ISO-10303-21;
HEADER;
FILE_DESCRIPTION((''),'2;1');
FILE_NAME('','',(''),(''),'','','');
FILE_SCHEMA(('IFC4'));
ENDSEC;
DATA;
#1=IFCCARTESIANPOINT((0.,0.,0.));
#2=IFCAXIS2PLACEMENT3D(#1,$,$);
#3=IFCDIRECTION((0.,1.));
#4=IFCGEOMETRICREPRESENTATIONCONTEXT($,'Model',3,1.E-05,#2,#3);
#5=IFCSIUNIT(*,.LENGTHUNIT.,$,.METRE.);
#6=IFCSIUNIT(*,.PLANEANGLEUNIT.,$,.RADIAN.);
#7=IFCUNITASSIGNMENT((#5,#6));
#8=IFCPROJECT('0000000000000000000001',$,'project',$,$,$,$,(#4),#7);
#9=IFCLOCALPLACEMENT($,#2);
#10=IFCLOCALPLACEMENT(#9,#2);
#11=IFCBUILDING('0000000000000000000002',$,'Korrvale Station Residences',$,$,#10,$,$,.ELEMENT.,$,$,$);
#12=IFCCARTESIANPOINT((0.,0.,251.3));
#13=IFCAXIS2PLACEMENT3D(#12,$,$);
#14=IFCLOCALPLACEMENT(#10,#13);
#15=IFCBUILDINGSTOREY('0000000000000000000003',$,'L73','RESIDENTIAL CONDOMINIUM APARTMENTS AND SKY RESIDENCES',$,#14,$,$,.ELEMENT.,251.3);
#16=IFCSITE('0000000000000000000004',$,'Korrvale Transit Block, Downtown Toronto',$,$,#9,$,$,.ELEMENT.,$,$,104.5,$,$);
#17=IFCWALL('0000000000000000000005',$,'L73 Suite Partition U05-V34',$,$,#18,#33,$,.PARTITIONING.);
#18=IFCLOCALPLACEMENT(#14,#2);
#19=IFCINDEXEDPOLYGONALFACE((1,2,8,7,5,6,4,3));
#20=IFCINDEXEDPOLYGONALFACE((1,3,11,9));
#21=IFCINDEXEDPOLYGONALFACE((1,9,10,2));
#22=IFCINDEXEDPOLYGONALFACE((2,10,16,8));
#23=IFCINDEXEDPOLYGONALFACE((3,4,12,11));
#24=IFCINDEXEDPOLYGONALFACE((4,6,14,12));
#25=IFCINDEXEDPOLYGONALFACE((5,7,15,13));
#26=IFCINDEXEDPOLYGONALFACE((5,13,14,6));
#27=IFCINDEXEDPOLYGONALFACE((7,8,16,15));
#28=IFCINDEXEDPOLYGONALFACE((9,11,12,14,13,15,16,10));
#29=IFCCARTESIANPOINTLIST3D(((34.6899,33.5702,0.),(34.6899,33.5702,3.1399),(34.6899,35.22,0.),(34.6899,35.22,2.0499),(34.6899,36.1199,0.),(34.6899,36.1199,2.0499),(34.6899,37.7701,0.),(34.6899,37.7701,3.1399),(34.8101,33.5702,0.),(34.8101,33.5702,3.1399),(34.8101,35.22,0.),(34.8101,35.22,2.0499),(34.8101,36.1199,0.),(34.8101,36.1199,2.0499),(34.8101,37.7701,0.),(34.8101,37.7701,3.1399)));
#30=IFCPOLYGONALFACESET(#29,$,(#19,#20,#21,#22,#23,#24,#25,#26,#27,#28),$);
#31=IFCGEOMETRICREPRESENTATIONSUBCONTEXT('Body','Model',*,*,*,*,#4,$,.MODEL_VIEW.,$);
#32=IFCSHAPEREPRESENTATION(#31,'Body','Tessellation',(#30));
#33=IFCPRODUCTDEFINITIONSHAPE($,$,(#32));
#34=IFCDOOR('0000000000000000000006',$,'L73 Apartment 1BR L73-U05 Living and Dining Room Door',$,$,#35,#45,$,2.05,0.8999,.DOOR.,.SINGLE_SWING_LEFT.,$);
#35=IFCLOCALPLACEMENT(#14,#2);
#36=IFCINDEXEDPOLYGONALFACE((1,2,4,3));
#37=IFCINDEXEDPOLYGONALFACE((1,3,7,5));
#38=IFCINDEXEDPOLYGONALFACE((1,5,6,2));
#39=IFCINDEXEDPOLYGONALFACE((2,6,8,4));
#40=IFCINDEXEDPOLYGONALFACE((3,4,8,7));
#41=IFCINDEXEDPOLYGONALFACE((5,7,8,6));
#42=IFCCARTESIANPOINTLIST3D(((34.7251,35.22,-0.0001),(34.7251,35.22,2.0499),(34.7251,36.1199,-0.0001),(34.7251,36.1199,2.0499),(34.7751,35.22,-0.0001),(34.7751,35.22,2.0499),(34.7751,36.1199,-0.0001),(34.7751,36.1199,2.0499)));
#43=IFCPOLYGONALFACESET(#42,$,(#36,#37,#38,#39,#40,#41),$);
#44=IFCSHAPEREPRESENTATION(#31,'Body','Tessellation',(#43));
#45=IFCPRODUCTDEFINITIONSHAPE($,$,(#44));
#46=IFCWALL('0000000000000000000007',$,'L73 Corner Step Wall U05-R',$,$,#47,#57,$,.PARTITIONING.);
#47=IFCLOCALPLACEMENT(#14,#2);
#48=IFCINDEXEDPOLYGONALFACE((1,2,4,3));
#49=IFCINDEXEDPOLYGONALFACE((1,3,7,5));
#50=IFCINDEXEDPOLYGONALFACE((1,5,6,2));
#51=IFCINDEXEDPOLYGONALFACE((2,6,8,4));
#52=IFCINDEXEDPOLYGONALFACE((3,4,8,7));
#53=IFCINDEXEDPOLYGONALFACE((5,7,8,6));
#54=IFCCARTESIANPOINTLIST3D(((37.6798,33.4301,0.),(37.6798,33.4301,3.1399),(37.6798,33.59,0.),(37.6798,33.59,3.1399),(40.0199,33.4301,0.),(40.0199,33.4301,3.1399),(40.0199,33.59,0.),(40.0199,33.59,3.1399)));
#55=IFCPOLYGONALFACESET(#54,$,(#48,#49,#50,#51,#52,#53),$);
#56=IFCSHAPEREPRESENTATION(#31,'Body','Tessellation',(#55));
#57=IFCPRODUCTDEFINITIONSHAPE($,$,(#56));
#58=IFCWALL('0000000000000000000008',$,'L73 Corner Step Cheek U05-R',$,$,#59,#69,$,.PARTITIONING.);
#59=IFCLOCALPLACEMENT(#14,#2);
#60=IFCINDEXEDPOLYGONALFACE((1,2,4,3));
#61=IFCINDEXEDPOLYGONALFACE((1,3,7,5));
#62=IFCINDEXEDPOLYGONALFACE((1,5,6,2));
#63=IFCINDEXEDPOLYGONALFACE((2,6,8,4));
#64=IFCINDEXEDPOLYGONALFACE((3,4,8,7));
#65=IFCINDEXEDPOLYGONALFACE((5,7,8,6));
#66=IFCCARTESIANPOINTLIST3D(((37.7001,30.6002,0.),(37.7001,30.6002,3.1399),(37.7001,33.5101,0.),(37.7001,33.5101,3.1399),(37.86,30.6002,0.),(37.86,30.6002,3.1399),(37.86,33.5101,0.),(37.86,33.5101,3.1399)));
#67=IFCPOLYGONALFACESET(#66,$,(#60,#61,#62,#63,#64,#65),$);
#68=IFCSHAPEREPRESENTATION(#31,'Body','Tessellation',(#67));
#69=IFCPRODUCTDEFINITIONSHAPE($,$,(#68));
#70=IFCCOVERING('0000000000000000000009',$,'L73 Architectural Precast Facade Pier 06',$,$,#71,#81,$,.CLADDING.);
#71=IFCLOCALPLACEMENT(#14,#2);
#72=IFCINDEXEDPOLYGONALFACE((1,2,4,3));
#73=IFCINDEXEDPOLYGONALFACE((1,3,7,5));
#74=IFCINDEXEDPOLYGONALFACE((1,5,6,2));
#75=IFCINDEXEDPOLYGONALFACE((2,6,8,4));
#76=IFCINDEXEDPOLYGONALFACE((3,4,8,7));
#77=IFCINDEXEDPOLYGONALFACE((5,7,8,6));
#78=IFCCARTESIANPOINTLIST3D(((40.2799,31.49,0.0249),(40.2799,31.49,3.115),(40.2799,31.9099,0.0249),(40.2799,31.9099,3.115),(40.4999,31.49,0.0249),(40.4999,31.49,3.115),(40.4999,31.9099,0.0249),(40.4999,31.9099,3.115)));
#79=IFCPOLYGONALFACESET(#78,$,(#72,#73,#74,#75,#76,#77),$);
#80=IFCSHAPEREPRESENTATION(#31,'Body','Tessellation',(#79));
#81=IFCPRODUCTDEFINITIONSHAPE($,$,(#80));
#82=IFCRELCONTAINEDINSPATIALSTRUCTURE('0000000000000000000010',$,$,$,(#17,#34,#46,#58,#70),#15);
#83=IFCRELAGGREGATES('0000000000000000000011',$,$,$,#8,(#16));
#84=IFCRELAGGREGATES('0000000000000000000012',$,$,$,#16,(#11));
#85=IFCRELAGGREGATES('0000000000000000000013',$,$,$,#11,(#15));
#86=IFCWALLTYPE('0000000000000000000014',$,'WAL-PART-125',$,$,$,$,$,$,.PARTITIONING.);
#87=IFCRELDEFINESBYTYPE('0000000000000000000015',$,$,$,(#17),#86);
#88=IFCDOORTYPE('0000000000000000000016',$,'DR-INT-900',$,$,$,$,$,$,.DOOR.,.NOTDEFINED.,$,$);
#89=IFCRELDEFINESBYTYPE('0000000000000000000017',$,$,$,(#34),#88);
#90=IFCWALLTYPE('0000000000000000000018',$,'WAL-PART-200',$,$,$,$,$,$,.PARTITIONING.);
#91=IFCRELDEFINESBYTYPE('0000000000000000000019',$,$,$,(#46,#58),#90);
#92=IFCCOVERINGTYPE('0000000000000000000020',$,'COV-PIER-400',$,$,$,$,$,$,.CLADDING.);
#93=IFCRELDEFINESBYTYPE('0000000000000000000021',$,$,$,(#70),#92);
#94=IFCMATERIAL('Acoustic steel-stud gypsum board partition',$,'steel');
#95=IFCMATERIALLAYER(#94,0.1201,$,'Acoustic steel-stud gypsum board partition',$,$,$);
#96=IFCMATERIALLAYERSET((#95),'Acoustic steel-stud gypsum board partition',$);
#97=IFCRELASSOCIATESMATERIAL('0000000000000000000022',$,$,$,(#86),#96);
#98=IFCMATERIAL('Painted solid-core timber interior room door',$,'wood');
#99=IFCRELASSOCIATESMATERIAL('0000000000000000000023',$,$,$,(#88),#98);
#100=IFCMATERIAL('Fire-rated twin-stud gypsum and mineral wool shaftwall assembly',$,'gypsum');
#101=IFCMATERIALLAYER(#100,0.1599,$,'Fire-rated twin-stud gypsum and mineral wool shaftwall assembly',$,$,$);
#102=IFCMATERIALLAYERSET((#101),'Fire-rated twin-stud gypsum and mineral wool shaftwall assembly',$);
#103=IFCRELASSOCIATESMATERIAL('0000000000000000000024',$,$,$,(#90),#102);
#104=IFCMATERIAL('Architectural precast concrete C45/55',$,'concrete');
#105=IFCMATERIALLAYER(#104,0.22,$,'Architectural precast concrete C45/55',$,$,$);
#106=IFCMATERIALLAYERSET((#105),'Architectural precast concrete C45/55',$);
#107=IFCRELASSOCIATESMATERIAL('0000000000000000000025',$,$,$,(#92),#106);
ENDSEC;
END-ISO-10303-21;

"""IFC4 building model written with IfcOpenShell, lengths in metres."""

from ifc_helpers import new_model, si_unit, direction, frame, frame_2d, origin, origin_2d, place, context, subcontext, project, spatial, rectangle, extrude, material, layer, layer_set, type_object, element, fill, save


model = new_model("IFC4")

# Units and contexts
model_context = context("Model", 3, precision=1e-05, world=origin(), true_north=direction((0.0, 1.0)))
body_context = subcontext(model_context, "Body", "Model", "MODEL_VIEW")
ifc_project = project(units=[si_unit("LENGTHUNIT", "METRE"), si_unit("PLANEANGLEUNIT", "RADIAN")], contexts=[model_context])

# Site, building, storey
site_placement = place(None, origin())
site = spatial("IfcSite", under=ifc_project, at=site_placement, Name="Korrvale Transit Block, Downtown Toronto", CompositionType="ELEMENT", RefElevation=104.5)
building_placement = place(site_placement, origin())
building = spatial("IfcBuilding", under=site, at=building_placement, Name="Korrvale Station Residences", CompositionType="ELEMENT")
storey_placement = place(building_placement, frame((0.0, 0.0, 251.3)))
storey = spatial("IfcBuildingStorey", under=building, at=storey_placement, Name="L73", Description="RESIDENTIAL CONDOMINIUM APARTMENTS AND SKY RESIDENCES", CompositionType="ELEMENT", Elevation=251.3)

# Wall, opening, door
ifc_material_1 = material(Name="Acoustic steel-stud gypsum board partition", Category="steel")
ifc_layer_1 = layer(ifc_material_1, 0.1201, Name="Acoustic steel-stud gypsum board partition")
ifc_layer_set_1 = layer_set([ifc_layer_1], Name="Acoustic steel-stud gypsum board partition")
wall_type_1 = type_object("IfcWallType", Name="WAL-PART-125", PredefinedType="PARTITIONING", material=ifc_layer_set_1)
ifc_material_2 = material(Name="Painted solid-core timber interior room door", Category="wood")
door_type = type_object("IfcDoorType", Name="DR-INT-900", OperationType="NOTDEFINED", PredefinedType="DOOR", material=ifc_material_2)
wall_1_placement = place(storey_placement, frame((34.75, 33.5701, 0.0), z_axis=(0.0, 0.0, 1.0), x_axis=(0.0, 1.0, 0.0)))
wall_1 = element("IfcWall", 1, at=wall_1_placement, inside=storey, type_object=wall_type_1, Name="L73 Suite Partition U05-V34", PredefinedType="PARTITIONING", context=body_context, shape_type="SweptSolid", body=[
    extrude(rectangle(XDim=4.2, YDim=0.1201, at=frame_2d((2.1001, 0.0))), origin(), (0.0, 0.0, 1.0), 3.1399),
])
opening_1_placement = place(wall_1_placement, frame((1.6499, 0.0, 0.0)))
opening_1 = element("IfcOpeningElement", 2, at=opening_1_placement, cuts=wall_1, PredefinedType="OPENING", context=body_context, shape_type="SweptSolid", body=[
    extrude(rectangle(XDim=0.8999, YDim=2.05, at=frame_2d((0.45, 1.0249))), frame((0.0, 0.0701, 0.0), z_axis=(0.0, -1.0, 0.0), x_axis=(1.0, 0.0, 0.0)), (0.0, 0.0, 1.0), 0.1401),
])
door_1_placement = place(opening_1_placement, origin())
door_1 = element("IfcDoor", 3, at=door_1_placement, inside=storey, type_object=door_type, Name="L73 Apartment 1BR L73-U05 Living and Dining Room Door", OperationType="SINGLE_SWING_LEFT", OverallHeight=2.05, OverallWidth=0.8999, PredefinedType="DOOR", context=body_context, shape_type="SweptSolid", body=[
    extrude(rectangle(XDim=0.8999, YDim=2.05, at=frame_2d((0.45, 1.0249))), frame((0.0, 0.0249, 0.0), z_axis=(0.0, -1.0, 0.0), x_axis=(1.0, 0.0, 0.0)), (0.0, 0.0, 1.0), 0.05),
])
fill(opening_1, door_1)

# Walls
ifc_material_3 = material(Name="Fire-rated twin-stud gypsum and mineral wool shaftwall assembly", Category="gypsum")
ifc_layer_2 = layer(ifc_material_3, 0.1599, Name="Fire-rated twin-stud gypsum and mineral wool shaftwall assembly")
ifc_layer_set_2 = layer_set([ifc_layer_2], Name="Fire-rated twin-stud gypsum and mineral wool shaftwall assembly")
wall_type_2 = type_object("IfcWallType", Name="WAL-PART-200", PredefinedType="PARTITIONING", material=ifc_layer_set_2)
wall_2_placement = place(storey_placement, frame((37.6799, 33.51, 0.0), z_axis=(0.0, 0.0, 1.0), x_axis=(1.0, 0.0, 0.0)))
element("IfcWall", 4, at=wall_2_placement, inside=storey, type_object=wall_type_2, Name="L73 Corner Step Wall U05-R", PredefinedType="PARTITIONING", context=body_context, shape_type="SweptSolid", body=[
    extrude(rectangle(XDim=2.3401, YDim=0.1599, at=frame_2d((1.1699, 0.0))), origin(), (0.0, 0.0, 1.0), 3.1399),
])
wall_3_placement = place(storey_placement, frame((37.78, 30.6001, 0.0), z_axis=(0.0, 0.0, 1.0), x_axis=(0.0, 1.0, 0.0)))
element("IfcWall", 5, at=wall_3_placement, inside=storey, type_object=wall_type_2, Name="L73 Corner Step Cheek U05-R", PredefinedType="PARTITIONING", context=body_context, shape_type="SweptSolid", body=[
    extrude(rectangle(XDim=2.9099, YDim=0.1599, at=frame_2d((1.4551, 0.0))), origin(), (0.0, 0.0, 1.0), 3.1399),
])

# Covering
ifc_material_4 = material(Name="Architectural precast concrete C45/55", Category="concrete")
ifc_layer_3 = layer(ifc_material_4, 0.22, Name="Architectural precast concrete C45/55")
ifc_layer_set_3 = layer_set([ifc_layer_3], Name="Architectural precast concrete C45/55")
covering_type = type_object("IfcCoveringType", Name="COV-PIER-400", PredefinedType="CLADDING", material=ifc_layer_set_3)
covering_placement = place(storey_placement, frame((40.3899, 31.7, 0.0249), z_axis=(0.0, 0.0, 1.0), x_axis=(0.0, 1.0, 0.0)))
element("IfcCovering", 6, at=covering_placement, inside=storey, type_object=covering_type, Name="L73 Architectural Precast Facade Pier 06", PredefinedType="CLADDING", context=body_context, shape_type="SweptSolid", body=[
    extrude(rectangle(XDim=0.4199, YDim=0.22, at=origin_2d()), origin(), (0.0, 0.0, 1.0), 3.0901),
])

save(model, "model.ifc")
